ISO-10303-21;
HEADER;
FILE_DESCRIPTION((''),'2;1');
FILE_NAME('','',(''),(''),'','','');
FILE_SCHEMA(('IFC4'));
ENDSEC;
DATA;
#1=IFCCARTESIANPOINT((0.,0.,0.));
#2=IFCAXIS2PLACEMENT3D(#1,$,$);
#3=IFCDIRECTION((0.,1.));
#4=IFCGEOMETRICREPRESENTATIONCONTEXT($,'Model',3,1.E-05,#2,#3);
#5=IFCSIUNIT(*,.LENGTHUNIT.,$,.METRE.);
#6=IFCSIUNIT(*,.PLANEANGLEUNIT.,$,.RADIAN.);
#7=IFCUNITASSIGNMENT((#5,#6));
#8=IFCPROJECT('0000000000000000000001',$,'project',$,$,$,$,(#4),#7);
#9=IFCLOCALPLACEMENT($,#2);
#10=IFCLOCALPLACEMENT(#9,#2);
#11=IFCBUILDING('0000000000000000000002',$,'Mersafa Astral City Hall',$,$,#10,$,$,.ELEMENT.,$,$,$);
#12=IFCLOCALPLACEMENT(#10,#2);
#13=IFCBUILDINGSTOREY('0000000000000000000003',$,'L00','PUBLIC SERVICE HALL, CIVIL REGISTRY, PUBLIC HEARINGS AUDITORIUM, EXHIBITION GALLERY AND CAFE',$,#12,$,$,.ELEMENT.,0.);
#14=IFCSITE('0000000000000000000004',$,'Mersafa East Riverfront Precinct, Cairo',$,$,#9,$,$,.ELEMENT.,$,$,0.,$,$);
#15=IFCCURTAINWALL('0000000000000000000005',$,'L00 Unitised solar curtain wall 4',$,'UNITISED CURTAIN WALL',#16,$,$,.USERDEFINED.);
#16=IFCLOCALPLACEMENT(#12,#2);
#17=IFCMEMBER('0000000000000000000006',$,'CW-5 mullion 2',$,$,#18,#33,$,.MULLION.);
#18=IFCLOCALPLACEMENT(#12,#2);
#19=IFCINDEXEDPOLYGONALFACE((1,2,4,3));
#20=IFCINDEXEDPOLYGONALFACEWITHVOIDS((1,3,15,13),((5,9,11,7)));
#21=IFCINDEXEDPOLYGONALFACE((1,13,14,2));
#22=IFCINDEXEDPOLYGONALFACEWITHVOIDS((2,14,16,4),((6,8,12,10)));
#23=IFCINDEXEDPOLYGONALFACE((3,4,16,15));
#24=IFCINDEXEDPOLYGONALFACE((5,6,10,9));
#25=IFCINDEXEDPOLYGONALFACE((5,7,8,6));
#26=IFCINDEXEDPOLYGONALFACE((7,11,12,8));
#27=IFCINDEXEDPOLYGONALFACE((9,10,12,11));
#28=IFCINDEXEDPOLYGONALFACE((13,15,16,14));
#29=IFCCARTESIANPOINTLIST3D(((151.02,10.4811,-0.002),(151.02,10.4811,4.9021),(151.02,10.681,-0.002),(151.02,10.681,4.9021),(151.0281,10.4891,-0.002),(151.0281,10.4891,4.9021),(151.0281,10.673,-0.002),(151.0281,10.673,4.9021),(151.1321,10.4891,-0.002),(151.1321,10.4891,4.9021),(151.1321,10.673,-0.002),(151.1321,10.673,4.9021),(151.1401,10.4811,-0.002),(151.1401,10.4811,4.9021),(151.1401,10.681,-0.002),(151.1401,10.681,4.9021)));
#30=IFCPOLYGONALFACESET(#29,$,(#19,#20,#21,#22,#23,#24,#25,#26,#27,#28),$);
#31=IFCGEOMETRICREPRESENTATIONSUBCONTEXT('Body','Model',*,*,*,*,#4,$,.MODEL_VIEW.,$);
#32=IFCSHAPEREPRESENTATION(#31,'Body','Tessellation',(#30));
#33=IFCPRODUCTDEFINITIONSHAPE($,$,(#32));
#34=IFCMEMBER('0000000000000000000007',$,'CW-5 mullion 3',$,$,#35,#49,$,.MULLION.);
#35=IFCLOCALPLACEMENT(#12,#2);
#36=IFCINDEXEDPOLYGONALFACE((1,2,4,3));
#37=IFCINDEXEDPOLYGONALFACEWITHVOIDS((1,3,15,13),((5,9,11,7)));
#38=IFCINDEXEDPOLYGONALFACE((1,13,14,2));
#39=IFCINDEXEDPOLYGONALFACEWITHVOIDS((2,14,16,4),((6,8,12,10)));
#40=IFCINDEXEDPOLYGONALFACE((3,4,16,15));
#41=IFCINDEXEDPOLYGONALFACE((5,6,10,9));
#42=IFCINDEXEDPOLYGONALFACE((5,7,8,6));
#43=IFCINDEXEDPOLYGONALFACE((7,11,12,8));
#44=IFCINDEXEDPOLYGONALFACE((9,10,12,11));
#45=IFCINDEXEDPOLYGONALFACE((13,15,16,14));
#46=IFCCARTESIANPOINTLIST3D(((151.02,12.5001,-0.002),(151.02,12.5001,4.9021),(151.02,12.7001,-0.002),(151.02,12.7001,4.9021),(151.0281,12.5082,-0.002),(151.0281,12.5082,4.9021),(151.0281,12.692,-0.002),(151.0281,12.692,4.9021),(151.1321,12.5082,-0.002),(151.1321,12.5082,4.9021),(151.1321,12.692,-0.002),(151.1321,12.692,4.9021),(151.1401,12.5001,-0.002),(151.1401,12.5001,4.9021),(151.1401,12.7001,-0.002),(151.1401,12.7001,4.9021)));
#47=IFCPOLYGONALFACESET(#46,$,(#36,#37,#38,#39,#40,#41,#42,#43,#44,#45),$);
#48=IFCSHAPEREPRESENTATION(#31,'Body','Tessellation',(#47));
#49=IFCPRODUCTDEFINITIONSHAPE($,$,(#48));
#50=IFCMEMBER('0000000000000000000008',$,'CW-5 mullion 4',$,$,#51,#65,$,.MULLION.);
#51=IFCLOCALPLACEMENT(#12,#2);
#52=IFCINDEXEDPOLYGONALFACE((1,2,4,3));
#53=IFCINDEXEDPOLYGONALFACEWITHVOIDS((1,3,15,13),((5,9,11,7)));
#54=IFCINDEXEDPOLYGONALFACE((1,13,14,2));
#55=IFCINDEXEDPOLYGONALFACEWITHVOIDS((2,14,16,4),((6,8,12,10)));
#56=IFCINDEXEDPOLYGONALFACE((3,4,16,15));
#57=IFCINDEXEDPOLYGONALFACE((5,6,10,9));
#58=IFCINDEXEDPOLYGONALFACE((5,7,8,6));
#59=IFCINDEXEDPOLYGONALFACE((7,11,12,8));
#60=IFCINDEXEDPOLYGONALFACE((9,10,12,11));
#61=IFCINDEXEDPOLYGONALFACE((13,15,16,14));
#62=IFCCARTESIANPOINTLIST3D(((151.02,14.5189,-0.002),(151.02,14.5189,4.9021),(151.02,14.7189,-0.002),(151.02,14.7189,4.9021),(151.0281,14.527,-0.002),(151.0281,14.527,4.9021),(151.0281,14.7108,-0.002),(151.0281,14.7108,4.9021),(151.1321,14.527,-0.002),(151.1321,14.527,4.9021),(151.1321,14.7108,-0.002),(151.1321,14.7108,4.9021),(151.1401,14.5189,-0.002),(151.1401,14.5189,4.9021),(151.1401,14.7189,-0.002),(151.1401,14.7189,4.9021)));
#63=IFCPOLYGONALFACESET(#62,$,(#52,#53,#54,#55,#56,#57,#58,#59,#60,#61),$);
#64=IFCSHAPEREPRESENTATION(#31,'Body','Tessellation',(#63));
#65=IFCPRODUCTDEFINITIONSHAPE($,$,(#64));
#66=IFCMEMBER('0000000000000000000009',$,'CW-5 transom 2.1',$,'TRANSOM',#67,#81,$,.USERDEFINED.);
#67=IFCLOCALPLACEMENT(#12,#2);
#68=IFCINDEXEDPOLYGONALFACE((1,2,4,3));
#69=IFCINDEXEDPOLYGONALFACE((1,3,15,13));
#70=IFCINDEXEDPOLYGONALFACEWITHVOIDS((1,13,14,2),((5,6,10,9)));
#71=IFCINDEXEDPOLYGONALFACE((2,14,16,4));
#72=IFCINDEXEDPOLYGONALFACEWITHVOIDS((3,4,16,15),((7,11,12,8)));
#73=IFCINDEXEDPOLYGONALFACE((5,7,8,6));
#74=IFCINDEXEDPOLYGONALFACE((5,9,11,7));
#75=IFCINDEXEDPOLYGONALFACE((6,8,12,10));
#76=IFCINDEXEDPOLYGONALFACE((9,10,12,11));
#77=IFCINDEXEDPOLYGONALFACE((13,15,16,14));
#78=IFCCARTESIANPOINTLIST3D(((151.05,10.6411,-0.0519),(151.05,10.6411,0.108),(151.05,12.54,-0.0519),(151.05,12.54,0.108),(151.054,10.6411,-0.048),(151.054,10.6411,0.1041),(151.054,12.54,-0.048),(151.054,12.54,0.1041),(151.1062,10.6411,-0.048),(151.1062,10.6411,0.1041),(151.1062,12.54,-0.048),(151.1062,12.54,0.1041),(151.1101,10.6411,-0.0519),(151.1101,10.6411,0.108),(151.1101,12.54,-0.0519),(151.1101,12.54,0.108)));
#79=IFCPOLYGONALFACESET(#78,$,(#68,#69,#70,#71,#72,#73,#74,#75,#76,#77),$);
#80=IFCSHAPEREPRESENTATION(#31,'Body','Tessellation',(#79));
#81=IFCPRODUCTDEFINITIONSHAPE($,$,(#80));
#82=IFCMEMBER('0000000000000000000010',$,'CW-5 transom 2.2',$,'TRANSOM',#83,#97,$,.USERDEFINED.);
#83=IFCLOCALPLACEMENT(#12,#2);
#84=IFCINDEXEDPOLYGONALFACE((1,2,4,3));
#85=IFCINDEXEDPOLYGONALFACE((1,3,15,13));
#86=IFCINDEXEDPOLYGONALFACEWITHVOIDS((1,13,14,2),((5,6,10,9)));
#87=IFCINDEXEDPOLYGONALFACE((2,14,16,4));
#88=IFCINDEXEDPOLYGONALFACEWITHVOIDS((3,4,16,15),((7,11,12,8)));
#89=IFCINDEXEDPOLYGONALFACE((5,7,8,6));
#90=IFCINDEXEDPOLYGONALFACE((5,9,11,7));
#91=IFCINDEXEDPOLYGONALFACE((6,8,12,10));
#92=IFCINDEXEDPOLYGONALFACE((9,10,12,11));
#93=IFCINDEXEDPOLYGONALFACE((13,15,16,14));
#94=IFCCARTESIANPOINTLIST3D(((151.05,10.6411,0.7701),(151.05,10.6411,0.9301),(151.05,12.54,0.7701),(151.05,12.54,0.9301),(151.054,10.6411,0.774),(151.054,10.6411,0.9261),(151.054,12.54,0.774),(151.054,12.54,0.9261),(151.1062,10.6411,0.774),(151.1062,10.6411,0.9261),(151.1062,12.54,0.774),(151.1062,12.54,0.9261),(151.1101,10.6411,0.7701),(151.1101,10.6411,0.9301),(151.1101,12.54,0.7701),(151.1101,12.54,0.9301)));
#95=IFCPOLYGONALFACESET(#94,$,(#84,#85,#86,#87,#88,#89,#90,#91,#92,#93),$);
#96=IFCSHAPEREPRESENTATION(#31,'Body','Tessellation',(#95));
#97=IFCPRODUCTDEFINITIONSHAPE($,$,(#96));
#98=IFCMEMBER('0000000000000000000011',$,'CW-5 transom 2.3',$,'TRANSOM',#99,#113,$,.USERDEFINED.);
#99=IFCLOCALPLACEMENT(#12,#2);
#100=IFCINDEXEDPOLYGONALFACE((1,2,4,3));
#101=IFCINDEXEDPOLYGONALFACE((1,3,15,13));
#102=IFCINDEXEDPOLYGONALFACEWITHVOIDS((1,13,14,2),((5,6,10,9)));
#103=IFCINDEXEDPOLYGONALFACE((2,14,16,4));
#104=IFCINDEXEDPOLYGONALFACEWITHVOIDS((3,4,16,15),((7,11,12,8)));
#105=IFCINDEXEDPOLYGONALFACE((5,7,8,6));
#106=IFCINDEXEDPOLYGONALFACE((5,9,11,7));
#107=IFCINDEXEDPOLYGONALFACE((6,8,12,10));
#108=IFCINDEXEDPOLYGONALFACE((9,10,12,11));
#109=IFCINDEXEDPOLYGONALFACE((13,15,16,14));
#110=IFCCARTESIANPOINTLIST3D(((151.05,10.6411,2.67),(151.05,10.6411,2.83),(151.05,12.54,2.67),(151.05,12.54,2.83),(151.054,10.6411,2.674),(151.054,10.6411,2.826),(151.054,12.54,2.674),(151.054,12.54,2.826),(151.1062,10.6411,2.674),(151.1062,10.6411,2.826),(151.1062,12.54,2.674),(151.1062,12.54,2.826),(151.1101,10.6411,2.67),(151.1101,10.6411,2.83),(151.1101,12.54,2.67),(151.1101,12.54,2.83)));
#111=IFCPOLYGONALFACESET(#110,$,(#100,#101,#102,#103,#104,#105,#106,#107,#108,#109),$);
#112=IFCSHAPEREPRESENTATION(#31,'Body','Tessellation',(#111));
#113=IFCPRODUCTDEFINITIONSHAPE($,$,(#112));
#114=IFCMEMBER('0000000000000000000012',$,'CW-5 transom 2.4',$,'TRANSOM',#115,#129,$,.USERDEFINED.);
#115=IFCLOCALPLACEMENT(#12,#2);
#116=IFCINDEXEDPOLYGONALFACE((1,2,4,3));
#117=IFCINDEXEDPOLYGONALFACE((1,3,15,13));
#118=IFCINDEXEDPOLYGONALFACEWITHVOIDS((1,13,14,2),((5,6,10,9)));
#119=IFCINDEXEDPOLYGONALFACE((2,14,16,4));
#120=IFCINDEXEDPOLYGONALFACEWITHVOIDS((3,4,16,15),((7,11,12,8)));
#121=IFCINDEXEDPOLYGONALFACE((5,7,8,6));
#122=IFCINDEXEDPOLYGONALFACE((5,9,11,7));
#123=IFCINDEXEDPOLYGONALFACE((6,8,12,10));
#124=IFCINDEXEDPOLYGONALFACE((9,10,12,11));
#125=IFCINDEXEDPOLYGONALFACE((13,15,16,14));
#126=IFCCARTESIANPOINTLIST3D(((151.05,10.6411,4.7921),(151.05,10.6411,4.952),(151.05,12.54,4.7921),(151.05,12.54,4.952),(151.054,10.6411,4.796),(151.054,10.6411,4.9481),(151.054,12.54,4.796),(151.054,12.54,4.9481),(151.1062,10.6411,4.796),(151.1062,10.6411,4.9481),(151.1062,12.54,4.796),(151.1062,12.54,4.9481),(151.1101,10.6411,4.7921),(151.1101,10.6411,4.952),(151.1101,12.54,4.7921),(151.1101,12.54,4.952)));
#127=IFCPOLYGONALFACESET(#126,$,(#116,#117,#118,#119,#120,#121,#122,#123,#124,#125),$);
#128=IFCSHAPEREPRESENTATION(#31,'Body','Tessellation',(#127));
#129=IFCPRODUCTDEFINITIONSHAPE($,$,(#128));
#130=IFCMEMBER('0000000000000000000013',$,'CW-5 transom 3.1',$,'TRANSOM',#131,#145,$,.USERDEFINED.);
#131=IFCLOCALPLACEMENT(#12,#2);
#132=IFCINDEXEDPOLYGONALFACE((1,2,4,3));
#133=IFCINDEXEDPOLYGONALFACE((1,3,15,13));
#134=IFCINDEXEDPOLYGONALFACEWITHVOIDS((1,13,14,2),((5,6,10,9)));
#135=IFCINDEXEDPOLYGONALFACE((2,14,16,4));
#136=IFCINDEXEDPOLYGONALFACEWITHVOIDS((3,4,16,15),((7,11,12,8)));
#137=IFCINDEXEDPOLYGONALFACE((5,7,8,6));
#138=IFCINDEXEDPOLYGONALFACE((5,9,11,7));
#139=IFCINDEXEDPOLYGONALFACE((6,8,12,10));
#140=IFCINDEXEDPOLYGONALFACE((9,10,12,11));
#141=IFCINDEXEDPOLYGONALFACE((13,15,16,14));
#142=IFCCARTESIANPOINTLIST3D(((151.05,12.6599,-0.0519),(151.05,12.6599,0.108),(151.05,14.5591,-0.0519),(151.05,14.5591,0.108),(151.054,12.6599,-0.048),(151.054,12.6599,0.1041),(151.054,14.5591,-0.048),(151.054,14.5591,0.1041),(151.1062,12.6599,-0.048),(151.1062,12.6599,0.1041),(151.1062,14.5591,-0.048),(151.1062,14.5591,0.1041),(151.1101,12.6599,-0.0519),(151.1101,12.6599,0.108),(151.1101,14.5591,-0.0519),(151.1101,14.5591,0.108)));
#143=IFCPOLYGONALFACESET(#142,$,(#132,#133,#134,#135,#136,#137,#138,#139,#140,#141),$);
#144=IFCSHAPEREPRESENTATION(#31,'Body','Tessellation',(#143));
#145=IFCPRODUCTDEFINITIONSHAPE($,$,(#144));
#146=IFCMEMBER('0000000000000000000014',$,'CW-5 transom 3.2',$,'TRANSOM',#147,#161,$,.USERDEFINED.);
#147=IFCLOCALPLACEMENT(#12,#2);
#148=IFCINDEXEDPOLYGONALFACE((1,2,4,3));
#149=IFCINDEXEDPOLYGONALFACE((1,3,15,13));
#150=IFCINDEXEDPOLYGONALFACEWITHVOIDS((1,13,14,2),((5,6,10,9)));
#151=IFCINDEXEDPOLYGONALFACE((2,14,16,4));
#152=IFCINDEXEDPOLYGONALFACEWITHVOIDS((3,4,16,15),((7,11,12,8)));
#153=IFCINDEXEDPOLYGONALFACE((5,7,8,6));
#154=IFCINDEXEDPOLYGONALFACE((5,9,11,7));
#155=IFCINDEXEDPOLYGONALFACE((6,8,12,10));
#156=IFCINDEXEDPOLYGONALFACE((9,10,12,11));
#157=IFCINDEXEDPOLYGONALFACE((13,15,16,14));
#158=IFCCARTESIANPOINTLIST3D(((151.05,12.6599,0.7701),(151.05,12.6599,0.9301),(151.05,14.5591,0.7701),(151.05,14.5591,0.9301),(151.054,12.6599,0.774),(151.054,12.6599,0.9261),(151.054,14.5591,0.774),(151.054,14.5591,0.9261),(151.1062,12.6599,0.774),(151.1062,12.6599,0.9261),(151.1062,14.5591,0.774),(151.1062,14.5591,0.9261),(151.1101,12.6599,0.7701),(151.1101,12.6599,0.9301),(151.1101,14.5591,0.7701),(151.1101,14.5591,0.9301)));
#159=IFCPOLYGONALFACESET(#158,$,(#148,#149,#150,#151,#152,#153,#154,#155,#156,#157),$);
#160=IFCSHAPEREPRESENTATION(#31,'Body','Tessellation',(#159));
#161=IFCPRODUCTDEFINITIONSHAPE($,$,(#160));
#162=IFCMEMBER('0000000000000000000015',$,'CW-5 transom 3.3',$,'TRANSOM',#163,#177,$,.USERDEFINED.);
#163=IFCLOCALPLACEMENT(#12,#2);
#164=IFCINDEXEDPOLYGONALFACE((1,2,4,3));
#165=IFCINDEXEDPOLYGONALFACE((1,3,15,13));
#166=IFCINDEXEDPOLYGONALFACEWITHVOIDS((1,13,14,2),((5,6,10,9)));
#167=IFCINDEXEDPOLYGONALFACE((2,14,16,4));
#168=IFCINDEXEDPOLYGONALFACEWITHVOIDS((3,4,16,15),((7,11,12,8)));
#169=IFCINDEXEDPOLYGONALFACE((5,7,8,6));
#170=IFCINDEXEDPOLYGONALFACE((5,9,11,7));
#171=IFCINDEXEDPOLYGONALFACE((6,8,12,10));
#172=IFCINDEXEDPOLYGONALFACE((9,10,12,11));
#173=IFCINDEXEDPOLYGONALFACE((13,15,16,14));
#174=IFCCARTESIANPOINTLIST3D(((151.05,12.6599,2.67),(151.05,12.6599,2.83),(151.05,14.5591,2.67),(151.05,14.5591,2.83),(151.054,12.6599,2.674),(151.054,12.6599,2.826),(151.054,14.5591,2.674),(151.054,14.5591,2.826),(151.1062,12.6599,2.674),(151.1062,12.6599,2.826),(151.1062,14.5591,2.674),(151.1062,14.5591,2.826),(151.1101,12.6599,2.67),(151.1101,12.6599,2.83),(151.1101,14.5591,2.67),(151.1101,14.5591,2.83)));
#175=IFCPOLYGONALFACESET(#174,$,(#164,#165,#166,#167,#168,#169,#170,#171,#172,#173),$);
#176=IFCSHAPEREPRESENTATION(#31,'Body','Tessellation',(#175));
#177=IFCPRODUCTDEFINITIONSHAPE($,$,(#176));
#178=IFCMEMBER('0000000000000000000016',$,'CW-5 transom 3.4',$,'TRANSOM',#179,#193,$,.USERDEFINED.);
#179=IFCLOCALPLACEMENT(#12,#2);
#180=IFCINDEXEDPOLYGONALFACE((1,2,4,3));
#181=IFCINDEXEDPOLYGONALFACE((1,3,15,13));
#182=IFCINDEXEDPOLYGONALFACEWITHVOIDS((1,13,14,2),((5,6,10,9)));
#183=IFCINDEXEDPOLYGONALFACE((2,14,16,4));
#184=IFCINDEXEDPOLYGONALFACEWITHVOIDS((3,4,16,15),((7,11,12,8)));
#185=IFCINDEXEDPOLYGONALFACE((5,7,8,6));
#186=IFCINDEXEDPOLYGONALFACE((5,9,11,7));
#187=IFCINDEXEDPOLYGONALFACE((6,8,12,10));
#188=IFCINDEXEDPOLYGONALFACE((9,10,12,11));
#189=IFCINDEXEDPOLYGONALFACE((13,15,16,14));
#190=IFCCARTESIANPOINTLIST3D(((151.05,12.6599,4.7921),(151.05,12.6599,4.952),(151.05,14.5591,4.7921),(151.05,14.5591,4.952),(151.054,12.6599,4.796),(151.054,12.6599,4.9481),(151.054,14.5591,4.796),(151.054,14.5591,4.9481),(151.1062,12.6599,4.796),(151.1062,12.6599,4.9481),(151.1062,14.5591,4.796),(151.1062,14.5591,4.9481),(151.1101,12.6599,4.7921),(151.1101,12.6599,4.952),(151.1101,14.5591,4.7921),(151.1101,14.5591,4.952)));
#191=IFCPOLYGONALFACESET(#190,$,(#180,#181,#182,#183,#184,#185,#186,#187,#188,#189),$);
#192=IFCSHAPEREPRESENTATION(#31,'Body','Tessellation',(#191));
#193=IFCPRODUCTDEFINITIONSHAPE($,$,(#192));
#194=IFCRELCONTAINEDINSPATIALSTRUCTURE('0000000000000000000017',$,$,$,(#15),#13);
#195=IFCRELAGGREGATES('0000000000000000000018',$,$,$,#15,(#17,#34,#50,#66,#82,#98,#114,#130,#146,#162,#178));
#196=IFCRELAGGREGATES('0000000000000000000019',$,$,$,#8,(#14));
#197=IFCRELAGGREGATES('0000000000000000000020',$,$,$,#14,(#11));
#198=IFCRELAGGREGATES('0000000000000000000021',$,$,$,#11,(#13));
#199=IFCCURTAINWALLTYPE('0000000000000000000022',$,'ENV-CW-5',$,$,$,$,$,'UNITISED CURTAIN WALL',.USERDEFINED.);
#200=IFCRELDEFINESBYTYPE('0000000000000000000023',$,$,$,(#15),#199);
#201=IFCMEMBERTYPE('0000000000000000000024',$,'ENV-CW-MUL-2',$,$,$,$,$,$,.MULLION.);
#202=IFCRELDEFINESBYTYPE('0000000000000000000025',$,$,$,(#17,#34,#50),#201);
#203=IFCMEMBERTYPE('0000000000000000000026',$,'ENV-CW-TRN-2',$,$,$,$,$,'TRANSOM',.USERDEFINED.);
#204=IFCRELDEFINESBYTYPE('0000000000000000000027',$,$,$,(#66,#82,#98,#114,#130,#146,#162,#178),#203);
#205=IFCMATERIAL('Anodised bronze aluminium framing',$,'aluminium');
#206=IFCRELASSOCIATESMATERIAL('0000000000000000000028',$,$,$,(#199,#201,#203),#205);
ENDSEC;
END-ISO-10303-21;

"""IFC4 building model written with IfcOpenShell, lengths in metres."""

from ifc_helpers import new_model, si_unit, direction, frame, origin, origin_2d, place, context, subcontext, project, spatial, hollow_rectangle, extrude, material, material_profile, profile_set, type_object, element, aggregate, save


model = new_model("IFC4")

# Units and contexts
model_context = context("Model", 3, precision=1e-05, world=origin(), true_north=direction((0.0, 1.0)))
body_context = subcontext(model_context, "Body", "Model", "MODEL_VIEW")
ifc_project = project(units=[si_unit("LENGTHUNIT", "METRE"), si_unit("PLANEANGLEUNIT", "RADIAN")], contexts=[model_context])

# Site, building, storey
site_placement = place(None, origin())
site = spatial("IfcSite", under=ifc_project, at=site_placement, Name="Mersafa East Riverfront Precinct, Cairo", CompositionType="ELEMENT", RefElevation=0.0)
building_placement = place(site_placement, origin())
building = spatial("IfcBuilding", under=site, at=building_placement, Name="Mersafa Astral City Hall", CompositionType="ELEMENT")
storey_placement = place(building_placement, origin())
storey = spatial("IfcBuildingStorey", under=building, at=storey_placement, Name="L00", Description="PUBLIC SERVICE HALL, CIVIL REGISTRY, PUBLIC HEARINGS AUDITORIUM, EXHIBITION GALLERY AND CAFE", CompositionType="ELEMENT", Elevation=0.0)

# Curtain wall, members
ifc_material_1 = material(Name="Anodised bronze aluminium framing", Category="aluminium")
curtain_wall_type = type_object("IfcCurtainWallType", Name="ENV-CW-5", ElementType="UNITISED CURTAIN WALL", PredefinedType="USERDEFINED", material=ifc_material_1)
curtain_wall_placement = place(storey_placement, origin())
curtain_wall = element("IfcCurtainWall", 1, at=curtain_wall_placement, inside=storey, type_object=curtain_wall_type, Name="L00 Unitised solar curtain wall 4", ObjectType="UNITISED CURTAIN WALL", PredefinedType="USERDEFINED")
ifc_material_profile_1 = material_profile(ifc_material_1, hollow_rectangle(XDim=0.1201, YDim=0.2, WallThickness=0.0081, at=origin_2d()), Name="RHS 120x200x8")
ifc_profile_set_1 = profile_set([ifc_material_profile_1], Name="Anodised bronze aluminium framing")
member_type_1 = type_object("IfcMemberType", Name="ENV-CW-MUL-2", PredefinedType="MULLION", material=ifc_profile_set_1)
member_1_placement = place(storey_placement, frame((151.0801, 10.5811, -0.002), z_axis=(0.0, 0.0, 1.0), x_axis=(-1.0, 0.0, 0.0)))
member_1 = element("IfcMember", 2, at=member_1_placement, type_object=member_type_1, Name="CW-5 mullion 2", PredefinedType="MULLION", context=body_context, shape_type="SweptSolid", body=[
    extrude(hollow_rectangle(XDim=0.1201, YDim=0.2, WallThickness=0.0081, at=origin_2d()), origin(), (0.0, 0.0, 1.0), 4.9041),
])
member_2_placement = place(storey_placement, frame((151.0801, 12.6001, -0.002), z_axis=(0.0, 0.0, 1.0), x_axis=(-1.0, 0.0, 0.0)))
member_2 = element("IfcMember", 3, at=member_2_placement, type_object=member_type_1, Name="CW-5 mullion 3", PredefinedType="MULLION", context=body_context, shape_type="SweptSolid", body=[
    extrude(hollow_rectangle(XDim=0.1201, YDim=0.2, WallThickness=0.0081, at=origin_2d()), origin(), (0.0, 0.0, 1.0), 4.9041),
])
member_3_placement = place(storey_placement, frame((151.0801, 14.6189, -0.002), z_axis=(0.0, 0.0, 1.0), x_axis=(-1.0, 0.0, 0.0)))
member_3 = element("IfcMember", 4, at=member_3_placement, type_object=member_type_1, Name="CW-5 mullion 4", PredefinedType="MULLION", context=body_context, shape_type="SweptSolid", body=[
    extrude(hollow_rectangle(XDim=0.1201, YDim=0.2, WallThickness=0.0081, at=origin_2d()), origin(), (0.0, 0.0, 1.0), 4.9041),
])
ifc_material_profile_2 = material_profile(ifc_material_1, hollow_rectangle(XDim=0.0601, YDim=0.1599, WallThickness=0.0039, at=origin_2d()), Name="RHS 60x160x4")
ifc_profile_set_2 = profile_set([ifc_material_profile_2], Name="Anodised bronze aluminium framing")
member_type_2 = type_object("IfcMemberType", Name="ENV-CW-TRN-2", ElementType="TRANSOM", PredefinedType="USERDEFINED", material=ifc_profile_set_2)
member_4_placement = place(storey_placement, frame((151.0801, 10.6411, 0.0281), z_axis=(0.0, 1.0, 0.0), x_axis=(-1.0, 0.0, 0.0)))
member_4 = element("IfcMember", 5, at=member_4_placement, type_object=member_type_2, Name="CW-5 transom 2.1", ObjectType="TRANSOM", PredefinedType="USERDEFINED", context=body_context, shape_type="SweptSolid", body=[
    extrude(hollow_rectangle(XDim=0.0601, YDim=0.1599, WallThickness=0.0039, at=origin_2d()), origin(), (0.0, 0.0, 1.0), 1.8989),
])
member_5_placement = place(storey_placement, frame((151.0801, 10.6411, 0.8501), z_axis=(0.0, 1.0, 0.0), x_axis=(-1.0, 0.0, 0.0)))
member_5 = element("IfcMember", 6, at=member_5_placement, type_object=member_type_2, Name="CW-5 transom 2.2", ObjectType="TRANSOM", PredefinedType="USERDEFINED", context=body_context, shape_type="SweptSolid", body=[
    extrude(hollow_rectangle(XDim=0.0601, YDim=0.1599, WallThickness=0.0039, at=origin_2d()), origin(), (0.0, 0.0, 1.0), 1.8989),
])
member_6_placement = place(storey_placement, frame((151.0801, 10.6411, 2.75), z_axis=(0.0, 1.0, 0.0), x_axis=(-1.0, 0.0, 0.0)))
member_6 = element("IfcMember", 7, at=member_6_placement, type_object=member_type_2, Name="CW-5 transom 2.3", ObjectType="TRANSOM", PredefinedType="USERDEFINED", context=body_context, shape_type="SweptSolid", body=[
    extrude(hollow_rectangle(XDim=0.0601, YDim=0.1599, WallThickness=0.0039, at=origin_2d()), origin(), (0.0, 0.0, 1.0), 1.8989),
])
member_7_placement = place(storey_placement, frame((151.0801, 10.6411, 4.8721), z_axis=(0.0, 1.0, 0.0), x_axis=(-1.0, 0.0, 0.0)))
member_7 = element("IfcMember", 8, at=member_7_placement, type_object=member_type_2, Name="CW-5 transom 2.4", ObjectType="TRANSOM", PredefinedType="USERDEFINED", context=body_context, shape_type="SweptSolid", body=[
    extrude(hollow_rectangle(XDim=0.0601, YDim=0.1599, WallThickness=0.0039, at=origin_2d()), origin(), (0.0, 0.0, 1.0), 1.8989),
])
member_8_placement = place(storey_placement, frame((151.0801, 12.6599, 0.0281), z_axis=(0.0, 1.0, 0.0), x_axis=(-1.0, 0.0, 0.0)))
member_8 = element("IfcMember", 9, at=member_8_placement, type_object=member_type_2, Name="CW-5 transom 3.1", ObjectType="TRANSOM", PredefinedType="USERDEFINED", context=body_context, shape_type="SweptSolid", body=[
    extrude(hollow_rectangle(XDim=0.0601, YDim=0.1599, WallThickness=0.0039, at=origin_2d()), origin(), (0.0, 0.0, 1.0), 1.8992),
])
member_9_placement = place(storey_placement, frame((151.0801, 12.6599, 0.8501), z_axis=(0.0, 1.0, 0.0), x_axis=(-1.0, 0.0, 0.0)))
member_9 = element("IfcMember", 10, at=member_9_placement, type_object=member_type_2, Name="CW-5 transom 3.2", ObjectType="TRANSOM", PredefinedType="USERDEFINED", context=body_context, shape_type="SweptSolid", body=[
    extrude(hollow_rectangle(XDim=0.0601, YDim=0.1599, WallThickness=0.0039, at=origin_2d()), origin(), (0.0, 0.0, 1.0), 1.8992),
])
member_10_placement = place(storey_placement, frame((151.0801, 12.6599, 2.75), z_axis=(0.0, 1.0, 0.0), x_axis=(-1.0, 0.0, 0.0)))
member_10 = element("IfcMember", 11, at=member_10_placement, type_object=member_type_2, Name="CW-5 transom 3.3", ObjectType="TRANSOM", PredefinedType="USERDEFINED", context=body_context, shape_type="SweptSolid", body=[
    extrude(hollow_rectangle(XDim=0.0601, YDim=0.1599, WallThickness=0.0039, at=origin_2d()), origin(), (0.0, 0.0, 1.0), 1.8992),
])
member_11_placement = place(storey_placement, frame((151.0801, 12.6599, 4.8721), z_axis=(0.0, 1.0, 0.0), x_axis=(-1.0, 0.0, 0.0)))
member_11 = element("IfcMember", 12, at=member_11_placement, type_object=member_type_2, Name="CW-5 transom 3.4", ObjectType="TRANSOM", PredefinedType="USERDEFINED", context=body_context, shape_type="SweptSolid", body=[
    extrude(hollow_rectangle(XDim=0.0601, YDim=0.1599, WallThickness=0.0039, at=origin_2d()), origin(), (0.0, 0.0, 1.0), 1.8992),
])
aggregate(curtain_wall, [member_1, member_2, member_3, member_4, member_5, member_6, member_7, member_8, member_9, member_10, member_11])

save(model, "model.ifc")
